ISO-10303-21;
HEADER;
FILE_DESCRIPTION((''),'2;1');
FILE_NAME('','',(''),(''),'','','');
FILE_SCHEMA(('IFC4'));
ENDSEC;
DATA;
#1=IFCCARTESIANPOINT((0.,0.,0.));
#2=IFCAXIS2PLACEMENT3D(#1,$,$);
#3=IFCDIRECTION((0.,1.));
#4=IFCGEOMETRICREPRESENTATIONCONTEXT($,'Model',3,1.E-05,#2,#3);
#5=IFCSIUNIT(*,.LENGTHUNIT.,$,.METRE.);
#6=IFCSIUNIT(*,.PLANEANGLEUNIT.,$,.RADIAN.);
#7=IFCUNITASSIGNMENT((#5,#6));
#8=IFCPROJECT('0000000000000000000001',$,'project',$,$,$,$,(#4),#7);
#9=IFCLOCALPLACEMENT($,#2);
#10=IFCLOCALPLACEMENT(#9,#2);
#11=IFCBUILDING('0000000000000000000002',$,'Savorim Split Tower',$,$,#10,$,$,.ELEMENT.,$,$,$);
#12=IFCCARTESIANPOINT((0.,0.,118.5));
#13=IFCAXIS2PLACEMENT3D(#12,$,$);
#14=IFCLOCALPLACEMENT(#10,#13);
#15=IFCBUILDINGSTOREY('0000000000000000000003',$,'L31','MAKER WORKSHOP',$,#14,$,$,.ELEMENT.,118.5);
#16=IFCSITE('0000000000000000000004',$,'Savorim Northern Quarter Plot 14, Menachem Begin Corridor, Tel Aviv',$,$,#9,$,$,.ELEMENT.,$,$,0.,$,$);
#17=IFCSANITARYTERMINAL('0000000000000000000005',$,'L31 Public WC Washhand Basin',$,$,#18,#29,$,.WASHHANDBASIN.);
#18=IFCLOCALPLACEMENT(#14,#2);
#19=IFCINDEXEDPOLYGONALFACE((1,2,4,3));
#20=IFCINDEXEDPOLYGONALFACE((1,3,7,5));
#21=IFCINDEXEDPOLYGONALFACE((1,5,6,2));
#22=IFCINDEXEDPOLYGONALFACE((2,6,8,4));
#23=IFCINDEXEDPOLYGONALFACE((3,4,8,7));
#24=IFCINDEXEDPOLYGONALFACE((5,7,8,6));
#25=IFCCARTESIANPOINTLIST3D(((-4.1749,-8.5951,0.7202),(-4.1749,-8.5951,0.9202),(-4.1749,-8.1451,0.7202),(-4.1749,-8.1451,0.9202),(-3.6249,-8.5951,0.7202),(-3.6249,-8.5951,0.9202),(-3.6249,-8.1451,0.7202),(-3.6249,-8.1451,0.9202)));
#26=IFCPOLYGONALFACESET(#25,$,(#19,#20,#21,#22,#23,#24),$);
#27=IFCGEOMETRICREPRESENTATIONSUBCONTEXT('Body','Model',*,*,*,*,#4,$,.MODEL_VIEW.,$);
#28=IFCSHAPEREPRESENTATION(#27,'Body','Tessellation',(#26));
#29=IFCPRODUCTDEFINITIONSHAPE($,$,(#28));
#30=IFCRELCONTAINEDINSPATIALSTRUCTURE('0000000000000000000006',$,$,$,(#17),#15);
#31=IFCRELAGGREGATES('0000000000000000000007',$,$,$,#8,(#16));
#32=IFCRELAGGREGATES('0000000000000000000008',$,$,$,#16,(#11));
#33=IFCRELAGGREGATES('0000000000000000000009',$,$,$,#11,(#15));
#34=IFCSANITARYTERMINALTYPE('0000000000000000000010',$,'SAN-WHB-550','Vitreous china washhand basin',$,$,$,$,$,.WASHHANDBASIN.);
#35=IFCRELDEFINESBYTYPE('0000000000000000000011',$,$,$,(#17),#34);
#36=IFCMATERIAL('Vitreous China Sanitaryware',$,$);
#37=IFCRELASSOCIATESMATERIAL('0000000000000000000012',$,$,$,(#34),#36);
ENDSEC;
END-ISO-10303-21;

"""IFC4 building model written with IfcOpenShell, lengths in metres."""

from ifc_helpers import new_model, si_unit, direction, frame, origin, origin_2d, place, context, subcontext, project, spatial, rectangle, extrude, material, type_object, element, save


model = new_model("IFC4")

# Units and contexts
model_context = context("Model", 3, precision=1e-05, world=origin(), true_north=direction((0.0, 1.0)))
body_context = subcontext(model_context, "Body", "Model", "MODEL_VIEW")
ifc_project = project(units=[si_unit("LENGTHUNIT", "METRE"), si_unit("PLANEANGLEUNIT", "RADIAN")], contexts=[model_context])

# Site, building, storey
site_placement = place(None, origin())
site = spatial("IfcSite", under=ifc_project, at=site_placement, Name="Savorim Northern Quarter Plot 14, Menachem Begin Corridor, Tel Aviv", CompositionType="ELEMENT", RefElevation=0.0)
building_placement = place(site_placement, origin())
building = spatial("IfcBuilding", under=site, at=building_placement, Name="Savorim Split Tower", CompositionType="ELEMENT")
storey_placement = place(building_placement, frame((0.0, 0.0, 118.5)))
storey = spatial("IfcBuildingStorey", under=building, at=storey_placement, Name="L31", Description="MAKER WORKSHOP", CompositionType="ELEMENT", Elevation=118.5)

# Sanitary terminal
ifc_material_1 = material(Name="Vitreous China Sanitaryware")
sanitary_terminal_type_1 = type_object("IfcSanitaryTerminalType", Name="SAN-WHB-550", Description="Vitreous china washhand basin", PredefinedType="WASHHANDBASIN", material=ifc_material_1)
sanitary_terminal_1_placement = place(storey_placement, frame((-3.8999, -8.3701, 0.7202), z_axis=(0.0, 0.0, 1.0), x_axis=(1.0, 0.0, 0.0)))
element("IfcSanitaryTerminal", 1, at=sanitary_terminal_1_placement, inside=storey, type_object=sanitary_terminal_type_1, Name="L31 Public WC Washhand Basin", PredefinedType="WASHHANDBASIN", context=body_context, shape_type="SweptSolid", body=[
    extrude(rectangle(XDim=0.55, YDim=0.45, at=origin_2d()), origin(), (0.0, 0.0, 1.0), 0.2),
])

save(model, "model.ifc")
